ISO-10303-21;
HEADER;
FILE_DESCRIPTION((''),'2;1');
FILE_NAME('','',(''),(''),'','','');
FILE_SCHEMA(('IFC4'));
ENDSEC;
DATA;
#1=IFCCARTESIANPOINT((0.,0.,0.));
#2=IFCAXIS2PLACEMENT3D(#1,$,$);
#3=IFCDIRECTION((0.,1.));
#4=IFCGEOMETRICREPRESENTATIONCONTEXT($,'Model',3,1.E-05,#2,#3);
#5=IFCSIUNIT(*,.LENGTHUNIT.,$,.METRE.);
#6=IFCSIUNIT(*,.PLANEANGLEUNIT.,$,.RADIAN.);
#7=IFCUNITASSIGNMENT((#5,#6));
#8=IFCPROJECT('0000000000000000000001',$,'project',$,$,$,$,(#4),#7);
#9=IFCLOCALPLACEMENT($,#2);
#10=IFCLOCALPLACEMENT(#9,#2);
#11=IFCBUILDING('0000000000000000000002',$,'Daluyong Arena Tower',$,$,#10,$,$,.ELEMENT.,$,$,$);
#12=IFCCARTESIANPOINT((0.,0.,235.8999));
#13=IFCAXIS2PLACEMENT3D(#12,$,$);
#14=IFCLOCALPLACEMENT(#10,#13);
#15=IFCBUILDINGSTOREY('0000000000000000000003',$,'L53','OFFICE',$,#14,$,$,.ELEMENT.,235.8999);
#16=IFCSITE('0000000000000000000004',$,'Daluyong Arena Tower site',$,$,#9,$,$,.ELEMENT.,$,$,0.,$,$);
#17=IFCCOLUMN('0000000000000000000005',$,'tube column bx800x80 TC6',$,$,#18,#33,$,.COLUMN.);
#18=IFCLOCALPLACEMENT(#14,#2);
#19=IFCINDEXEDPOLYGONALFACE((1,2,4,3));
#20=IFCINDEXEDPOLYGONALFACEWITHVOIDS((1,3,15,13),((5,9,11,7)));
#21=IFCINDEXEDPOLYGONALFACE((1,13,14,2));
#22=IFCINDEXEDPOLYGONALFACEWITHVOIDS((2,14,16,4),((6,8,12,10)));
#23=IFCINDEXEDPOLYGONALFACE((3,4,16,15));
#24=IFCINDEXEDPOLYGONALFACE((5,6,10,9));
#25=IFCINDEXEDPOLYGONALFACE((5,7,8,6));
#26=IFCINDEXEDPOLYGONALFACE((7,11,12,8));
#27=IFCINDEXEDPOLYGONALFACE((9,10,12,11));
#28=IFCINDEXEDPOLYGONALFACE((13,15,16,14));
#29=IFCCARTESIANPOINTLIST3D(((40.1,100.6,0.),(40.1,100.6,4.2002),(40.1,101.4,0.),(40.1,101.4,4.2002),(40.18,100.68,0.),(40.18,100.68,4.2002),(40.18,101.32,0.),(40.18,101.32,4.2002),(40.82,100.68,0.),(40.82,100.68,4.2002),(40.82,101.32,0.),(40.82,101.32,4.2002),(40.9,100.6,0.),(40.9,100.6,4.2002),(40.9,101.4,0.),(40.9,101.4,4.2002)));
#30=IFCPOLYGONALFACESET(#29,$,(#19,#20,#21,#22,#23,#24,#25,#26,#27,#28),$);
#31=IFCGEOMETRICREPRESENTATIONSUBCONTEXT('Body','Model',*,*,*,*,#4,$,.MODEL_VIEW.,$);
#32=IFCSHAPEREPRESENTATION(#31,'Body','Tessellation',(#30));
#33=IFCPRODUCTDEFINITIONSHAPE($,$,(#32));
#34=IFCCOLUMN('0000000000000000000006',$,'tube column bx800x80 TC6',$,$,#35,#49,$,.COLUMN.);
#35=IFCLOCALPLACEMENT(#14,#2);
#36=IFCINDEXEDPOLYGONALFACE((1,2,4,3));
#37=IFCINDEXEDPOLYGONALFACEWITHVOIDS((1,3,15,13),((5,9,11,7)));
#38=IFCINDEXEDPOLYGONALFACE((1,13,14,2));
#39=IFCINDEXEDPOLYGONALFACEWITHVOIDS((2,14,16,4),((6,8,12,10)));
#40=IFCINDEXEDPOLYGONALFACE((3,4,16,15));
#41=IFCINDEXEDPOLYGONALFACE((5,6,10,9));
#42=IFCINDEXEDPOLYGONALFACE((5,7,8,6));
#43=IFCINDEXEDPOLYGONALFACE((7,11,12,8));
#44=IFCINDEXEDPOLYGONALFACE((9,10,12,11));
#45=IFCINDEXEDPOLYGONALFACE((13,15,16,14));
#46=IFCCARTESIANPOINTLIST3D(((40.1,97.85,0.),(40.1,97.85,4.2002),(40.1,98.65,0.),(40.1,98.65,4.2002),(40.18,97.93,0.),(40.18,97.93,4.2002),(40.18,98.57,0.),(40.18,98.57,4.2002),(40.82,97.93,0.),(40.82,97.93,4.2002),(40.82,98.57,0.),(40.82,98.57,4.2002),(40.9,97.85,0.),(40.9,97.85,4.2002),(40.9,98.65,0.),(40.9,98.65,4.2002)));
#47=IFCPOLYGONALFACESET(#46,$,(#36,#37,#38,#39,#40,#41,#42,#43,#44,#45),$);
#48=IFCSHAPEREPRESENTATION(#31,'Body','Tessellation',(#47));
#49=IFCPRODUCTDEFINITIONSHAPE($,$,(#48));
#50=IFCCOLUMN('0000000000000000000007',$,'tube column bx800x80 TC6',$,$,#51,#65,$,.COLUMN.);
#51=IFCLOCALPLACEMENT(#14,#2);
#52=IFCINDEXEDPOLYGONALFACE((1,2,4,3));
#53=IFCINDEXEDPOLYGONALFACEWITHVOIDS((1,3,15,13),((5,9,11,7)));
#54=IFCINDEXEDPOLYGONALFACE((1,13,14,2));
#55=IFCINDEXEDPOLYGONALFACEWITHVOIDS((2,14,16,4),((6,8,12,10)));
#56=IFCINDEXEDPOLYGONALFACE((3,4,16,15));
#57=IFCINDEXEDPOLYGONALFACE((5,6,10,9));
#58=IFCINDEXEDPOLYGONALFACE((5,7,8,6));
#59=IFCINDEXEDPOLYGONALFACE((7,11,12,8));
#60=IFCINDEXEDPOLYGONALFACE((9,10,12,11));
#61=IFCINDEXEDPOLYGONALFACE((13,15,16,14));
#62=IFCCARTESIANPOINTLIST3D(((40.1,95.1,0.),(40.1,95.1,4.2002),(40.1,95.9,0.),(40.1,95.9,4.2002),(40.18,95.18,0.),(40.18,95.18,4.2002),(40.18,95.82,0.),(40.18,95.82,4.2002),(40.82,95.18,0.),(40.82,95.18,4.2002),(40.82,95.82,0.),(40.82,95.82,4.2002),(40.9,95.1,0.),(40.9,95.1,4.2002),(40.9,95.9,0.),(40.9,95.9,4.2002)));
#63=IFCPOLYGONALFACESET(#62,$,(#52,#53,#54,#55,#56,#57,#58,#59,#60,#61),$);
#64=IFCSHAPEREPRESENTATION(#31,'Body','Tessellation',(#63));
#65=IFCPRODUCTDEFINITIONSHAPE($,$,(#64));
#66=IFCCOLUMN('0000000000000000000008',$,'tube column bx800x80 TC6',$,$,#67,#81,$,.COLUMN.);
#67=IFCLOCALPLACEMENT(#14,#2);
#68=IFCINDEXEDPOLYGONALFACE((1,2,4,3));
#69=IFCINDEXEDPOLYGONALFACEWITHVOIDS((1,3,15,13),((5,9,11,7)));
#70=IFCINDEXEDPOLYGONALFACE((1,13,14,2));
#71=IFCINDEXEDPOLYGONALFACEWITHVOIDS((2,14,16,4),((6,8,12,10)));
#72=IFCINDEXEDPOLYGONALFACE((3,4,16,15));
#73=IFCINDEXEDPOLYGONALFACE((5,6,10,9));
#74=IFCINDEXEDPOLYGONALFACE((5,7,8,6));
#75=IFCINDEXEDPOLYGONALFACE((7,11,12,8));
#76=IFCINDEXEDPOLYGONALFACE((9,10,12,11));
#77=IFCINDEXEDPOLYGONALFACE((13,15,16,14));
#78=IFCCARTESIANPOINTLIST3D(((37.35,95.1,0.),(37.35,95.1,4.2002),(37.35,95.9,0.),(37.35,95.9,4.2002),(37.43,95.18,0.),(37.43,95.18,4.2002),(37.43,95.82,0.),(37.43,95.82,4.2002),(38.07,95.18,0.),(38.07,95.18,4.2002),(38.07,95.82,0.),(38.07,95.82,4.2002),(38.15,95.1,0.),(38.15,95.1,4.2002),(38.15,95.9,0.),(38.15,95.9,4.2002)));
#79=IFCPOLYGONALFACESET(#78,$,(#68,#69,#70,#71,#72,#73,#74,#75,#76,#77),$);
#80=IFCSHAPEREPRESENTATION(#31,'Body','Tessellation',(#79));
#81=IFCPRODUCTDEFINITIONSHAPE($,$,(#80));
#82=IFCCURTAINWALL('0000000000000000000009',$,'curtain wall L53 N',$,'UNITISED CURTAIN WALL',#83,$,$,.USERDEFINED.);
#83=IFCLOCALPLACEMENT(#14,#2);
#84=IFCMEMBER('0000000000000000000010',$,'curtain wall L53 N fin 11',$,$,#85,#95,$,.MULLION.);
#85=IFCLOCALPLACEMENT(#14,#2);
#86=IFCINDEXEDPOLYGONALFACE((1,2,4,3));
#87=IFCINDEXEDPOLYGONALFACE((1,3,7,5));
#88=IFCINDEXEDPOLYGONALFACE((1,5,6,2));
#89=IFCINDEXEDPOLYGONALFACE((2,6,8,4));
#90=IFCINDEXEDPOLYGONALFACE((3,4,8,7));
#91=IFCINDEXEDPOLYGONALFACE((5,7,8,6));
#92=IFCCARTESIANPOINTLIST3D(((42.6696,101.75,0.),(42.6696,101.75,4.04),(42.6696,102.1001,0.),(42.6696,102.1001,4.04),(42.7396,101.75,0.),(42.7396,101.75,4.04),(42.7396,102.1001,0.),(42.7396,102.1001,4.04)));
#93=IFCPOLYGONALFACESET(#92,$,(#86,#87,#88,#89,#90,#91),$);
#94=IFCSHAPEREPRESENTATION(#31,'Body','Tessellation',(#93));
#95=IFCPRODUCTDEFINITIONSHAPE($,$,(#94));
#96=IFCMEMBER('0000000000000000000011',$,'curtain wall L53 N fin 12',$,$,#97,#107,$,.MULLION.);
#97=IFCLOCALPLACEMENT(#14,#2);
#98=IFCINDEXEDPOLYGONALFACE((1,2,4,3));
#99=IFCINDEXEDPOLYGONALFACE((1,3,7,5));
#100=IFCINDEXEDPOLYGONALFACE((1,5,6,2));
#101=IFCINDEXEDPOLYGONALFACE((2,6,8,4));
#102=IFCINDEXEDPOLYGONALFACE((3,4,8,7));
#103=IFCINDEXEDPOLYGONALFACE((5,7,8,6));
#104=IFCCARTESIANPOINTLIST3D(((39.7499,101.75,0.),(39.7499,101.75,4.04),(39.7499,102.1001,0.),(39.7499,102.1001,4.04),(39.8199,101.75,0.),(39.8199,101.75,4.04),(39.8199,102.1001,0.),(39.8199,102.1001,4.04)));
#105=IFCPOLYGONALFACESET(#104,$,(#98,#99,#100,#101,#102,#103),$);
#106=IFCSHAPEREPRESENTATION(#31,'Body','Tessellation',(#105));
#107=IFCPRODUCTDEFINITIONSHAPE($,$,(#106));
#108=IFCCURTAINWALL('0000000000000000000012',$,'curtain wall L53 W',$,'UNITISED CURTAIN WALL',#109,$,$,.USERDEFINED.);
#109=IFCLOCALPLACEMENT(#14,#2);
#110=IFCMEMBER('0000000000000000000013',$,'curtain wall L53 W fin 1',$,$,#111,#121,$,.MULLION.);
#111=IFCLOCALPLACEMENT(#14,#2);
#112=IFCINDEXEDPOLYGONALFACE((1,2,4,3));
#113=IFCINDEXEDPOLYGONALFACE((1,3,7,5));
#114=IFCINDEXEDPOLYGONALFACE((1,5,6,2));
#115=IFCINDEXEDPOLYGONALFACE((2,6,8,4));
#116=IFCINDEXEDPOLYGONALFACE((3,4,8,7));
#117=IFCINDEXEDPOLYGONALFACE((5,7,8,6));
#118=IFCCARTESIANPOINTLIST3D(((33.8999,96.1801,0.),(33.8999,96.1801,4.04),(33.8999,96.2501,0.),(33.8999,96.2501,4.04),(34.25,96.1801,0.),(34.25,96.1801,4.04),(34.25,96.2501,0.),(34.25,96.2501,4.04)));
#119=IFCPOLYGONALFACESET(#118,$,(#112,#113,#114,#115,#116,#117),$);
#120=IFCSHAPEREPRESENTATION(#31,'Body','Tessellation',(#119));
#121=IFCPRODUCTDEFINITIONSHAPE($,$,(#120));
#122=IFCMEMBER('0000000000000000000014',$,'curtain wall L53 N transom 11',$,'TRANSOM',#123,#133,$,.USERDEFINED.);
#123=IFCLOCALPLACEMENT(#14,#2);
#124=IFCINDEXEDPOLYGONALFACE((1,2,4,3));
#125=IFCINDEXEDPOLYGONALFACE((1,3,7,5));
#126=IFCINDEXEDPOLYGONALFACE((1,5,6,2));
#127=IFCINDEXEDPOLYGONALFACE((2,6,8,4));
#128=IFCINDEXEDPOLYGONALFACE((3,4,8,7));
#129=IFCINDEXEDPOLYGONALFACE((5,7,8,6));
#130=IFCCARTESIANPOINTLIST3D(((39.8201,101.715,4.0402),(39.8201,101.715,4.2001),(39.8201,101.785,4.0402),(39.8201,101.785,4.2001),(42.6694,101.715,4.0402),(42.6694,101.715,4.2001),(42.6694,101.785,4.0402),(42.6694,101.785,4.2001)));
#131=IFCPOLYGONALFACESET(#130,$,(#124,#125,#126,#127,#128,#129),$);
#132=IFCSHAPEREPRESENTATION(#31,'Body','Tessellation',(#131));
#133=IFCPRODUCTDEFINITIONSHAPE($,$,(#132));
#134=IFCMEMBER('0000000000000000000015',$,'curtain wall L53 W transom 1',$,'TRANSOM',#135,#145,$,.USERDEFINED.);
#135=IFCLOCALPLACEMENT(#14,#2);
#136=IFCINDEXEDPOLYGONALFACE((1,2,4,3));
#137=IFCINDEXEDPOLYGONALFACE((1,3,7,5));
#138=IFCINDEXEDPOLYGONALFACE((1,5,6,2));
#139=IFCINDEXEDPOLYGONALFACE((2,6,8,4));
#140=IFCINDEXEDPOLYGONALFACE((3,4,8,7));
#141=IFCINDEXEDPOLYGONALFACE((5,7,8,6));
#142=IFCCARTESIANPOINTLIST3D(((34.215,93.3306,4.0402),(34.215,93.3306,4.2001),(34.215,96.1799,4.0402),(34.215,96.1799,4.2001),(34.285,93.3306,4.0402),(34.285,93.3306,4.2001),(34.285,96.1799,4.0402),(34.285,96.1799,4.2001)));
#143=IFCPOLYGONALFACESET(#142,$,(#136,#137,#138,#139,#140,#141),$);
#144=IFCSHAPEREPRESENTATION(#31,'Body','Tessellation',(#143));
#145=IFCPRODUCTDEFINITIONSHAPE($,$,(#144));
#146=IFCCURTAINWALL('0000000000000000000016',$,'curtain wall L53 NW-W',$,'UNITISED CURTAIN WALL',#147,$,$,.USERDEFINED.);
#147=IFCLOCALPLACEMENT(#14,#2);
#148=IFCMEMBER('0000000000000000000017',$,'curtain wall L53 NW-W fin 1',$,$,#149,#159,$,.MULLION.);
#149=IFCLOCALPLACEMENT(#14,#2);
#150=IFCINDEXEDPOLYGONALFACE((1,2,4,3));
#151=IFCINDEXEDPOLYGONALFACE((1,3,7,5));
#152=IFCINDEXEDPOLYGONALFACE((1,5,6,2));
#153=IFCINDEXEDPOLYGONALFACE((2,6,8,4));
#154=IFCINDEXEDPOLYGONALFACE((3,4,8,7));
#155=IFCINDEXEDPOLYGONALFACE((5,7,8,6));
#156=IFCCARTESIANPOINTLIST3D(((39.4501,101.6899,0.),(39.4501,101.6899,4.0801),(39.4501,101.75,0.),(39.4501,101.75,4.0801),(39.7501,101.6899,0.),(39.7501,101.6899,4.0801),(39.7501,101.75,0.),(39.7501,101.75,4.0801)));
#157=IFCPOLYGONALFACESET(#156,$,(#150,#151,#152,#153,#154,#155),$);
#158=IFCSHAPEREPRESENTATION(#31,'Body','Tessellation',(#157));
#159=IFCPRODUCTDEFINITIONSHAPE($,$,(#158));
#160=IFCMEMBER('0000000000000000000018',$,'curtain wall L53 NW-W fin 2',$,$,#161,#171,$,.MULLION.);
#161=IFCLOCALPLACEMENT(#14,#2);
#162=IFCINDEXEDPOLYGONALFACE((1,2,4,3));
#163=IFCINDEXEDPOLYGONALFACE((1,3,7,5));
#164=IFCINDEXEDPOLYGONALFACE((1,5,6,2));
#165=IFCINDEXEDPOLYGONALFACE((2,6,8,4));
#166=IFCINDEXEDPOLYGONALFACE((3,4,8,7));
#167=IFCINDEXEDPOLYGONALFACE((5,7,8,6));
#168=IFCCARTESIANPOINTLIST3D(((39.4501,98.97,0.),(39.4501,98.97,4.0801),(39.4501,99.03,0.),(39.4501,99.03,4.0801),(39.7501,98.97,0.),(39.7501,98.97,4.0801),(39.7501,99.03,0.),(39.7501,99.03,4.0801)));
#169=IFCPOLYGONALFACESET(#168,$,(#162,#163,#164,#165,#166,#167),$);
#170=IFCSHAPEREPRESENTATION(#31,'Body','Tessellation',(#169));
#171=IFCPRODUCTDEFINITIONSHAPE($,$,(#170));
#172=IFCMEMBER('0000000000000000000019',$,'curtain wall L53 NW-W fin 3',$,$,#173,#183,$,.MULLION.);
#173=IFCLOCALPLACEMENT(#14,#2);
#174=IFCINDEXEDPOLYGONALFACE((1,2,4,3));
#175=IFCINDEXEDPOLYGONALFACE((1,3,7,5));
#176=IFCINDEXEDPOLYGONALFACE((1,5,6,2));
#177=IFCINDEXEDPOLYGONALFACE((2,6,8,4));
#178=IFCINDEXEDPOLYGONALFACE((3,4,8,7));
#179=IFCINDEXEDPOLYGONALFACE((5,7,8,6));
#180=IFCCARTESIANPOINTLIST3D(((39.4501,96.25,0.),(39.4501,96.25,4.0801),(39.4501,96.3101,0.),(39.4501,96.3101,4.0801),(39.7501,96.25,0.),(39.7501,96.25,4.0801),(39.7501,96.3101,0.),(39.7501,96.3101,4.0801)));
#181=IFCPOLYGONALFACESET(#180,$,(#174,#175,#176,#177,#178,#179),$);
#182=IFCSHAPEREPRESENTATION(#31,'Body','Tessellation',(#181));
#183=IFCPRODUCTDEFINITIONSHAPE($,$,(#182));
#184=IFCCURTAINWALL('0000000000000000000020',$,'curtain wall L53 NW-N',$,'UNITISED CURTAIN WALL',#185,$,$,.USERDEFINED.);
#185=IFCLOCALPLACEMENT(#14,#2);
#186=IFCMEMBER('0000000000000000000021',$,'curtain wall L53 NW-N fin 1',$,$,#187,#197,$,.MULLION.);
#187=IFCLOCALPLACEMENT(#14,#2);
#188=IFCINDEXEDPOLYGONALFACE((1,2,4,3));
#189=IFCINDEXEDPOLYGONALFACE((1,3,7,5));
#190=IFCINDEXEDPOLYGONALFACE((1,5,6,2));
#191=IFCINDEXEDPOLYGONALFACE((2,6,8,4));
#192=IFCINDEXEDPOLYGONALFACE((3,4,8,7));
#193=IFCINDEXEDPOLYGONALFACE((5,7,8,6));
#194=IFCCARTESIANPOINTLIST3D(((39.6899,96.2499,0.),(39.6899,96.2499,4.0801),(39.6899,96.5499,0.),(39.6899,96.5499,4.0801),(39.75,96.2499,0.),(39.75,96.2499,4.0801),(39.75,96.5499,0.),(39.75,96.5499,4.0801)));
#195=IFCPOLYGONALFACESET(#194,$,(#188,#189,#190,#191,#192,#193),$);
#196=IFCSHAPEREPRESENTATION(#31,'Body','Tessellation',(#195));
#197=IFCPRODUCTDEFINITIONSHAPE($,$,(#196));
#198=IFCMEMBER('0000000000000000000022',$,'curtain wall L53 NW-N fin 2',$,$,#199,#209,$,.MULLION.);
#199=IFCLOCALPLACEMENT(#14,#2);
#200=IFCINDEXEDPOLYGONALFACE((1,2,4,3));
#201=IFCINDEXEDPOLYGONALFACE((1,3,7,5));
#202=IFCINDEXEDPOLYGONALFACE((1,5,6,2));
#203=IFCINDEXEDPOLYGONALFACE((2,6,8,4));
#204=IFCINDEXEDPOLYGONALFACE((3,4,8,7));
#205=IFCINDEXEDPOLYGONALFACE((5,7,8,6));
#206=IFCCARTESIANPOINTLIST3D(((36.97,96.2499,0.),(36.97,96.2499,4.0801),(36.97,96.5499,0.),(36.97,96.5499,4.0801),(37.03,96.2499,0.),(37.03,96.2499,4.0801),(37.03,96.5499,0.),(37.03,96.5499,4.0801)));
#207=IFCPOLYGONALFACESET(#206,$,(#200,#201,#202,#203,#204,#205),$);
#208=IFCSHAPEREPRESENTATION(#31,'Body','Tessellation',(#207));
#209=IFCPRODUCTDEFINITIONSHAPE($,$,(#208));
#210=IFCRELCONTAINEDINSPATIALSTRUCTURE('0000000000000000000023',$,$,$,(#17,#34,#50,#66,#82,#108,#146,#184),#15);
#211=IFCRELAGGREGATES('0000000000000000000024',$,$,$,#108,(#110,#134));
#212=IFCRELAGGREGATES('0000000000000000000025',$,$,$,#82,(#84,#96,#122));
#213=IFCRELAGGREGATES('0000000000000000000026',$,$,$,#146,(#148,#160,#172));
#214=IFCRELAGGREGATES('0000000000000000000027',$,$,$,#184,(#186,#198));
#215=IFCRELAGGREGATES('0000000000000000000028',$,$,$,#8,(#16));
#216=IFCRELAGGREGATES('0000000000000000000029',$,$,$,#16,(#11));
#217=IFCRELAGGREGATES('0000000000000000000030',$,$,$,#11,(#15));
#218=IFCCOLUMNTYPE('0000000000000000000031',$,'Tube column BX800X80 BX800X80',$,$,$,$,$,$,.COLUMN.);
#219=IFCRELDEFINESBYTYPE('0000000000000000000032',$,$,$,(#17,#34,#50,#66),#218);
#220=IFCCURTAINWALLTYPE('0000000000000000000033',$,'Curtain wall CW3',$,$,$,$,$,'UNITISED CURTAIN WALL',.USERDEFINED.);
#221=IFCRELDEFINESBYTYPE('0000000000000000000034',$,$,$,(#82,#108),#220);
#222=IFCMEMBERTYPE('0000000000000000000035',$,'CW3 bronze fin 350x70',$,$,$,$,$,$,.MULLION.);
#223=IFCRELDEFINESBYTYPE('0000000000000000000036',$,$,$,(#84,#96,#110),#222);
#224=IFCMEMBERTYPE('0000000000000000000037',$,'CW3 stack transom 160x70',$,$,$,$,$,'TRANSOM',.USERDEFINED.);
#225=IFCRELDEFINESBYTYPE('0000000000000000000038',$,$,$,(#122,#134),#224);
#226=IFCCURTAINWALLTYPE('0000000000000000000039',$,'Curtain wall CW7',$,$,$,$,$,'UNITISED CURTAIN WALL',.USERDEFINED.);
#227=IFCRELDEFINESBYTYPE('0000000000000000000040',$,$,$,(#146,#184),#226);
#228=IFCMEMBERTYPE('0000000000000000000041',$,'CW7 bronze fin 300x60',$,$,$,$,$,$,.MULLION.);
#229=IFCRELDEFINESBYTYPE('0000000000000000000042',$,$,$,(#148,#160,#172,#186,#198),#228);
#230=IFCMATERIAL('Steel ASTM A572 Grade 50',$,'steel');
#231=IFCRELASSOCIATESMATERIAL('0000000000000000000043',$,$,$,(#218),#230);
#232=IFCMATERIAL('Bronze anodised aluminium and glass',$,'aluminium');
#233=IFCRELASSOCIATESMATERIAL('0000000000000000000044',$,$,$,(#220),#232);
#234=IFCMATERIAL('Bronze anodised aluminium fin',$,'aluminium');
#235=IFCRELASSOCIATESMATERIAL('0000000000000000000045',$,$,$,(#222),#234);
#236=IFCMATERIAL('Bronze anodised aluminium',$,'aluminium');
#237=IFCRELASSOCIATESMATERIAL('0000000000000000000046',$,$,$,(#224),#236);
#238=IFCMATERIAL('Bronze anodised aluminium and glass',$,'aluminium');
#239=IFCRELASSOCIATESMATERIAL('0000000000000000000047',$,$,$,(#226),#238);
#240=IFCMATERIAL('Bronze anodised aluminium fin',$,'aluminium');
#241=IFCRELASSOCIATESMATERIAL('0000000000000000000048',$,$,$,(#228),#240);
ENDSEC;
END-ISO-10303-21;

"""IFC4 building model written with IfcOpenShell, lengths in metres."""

from ifc_helpers import new_model, si_unit, direction, frame, origin, origin_2d, place, context, subcontext, project, spatial, rectangle, hollow_rectangle, extrude, material, material_profile, profile_set, type_object, element, aggregate, save


model = new_model("IFC4")

# Units and contexts
model_context = context("Model", 3, precision=1e-05, world=origin(), true_north=direction((0.0, 1.0)))
body_context = subcontext(model_context, "Body", "Model", "MODEL_VIEW")
ifc_project = project(units=[si_unit("LENGTHUNIT", "METRE"), si_unit("PLANEANGLEUNIT", "RADIAN")], contexts=[model_context])

# Site, building, storey
site_placement = place(None, origin())
site = spatial("IfcSite", under=ifc_project, at=site_placement, Name="Daluyong Arena Tower site", CompositionType="ELEMENT", RefElevation=0.0)
building_placement = place(site_placement, origin())
building = spatial("IfcBuilding", under=site, at=building_placement, Name="Daluyong Arena Tower", CompositionType="ELEMENT")
storey_placement = place(building_placement, frame((0.0, 0.0, 235.8999)))
storey = spatial("IfcBuildingStorey", under=building, at=storey_placement, Name="L53", Description="OFFICE", CompositionType="ELEMENT", Elevation=235.8999)

# Columns
ifc_material_1 = material(Name="Steel ASTM A572 Grade 50", Category="steel")
ifc_material_profile_1 = material_profile(ifc_material_1, hollow_rectangle(XDim=0.8, YDim=0.8, WallThickness=0.08, at=origin_2d()))
ifc_profile_set_1 = profile_set([ifc_material_profile_1], Name="Steel ASTM A572 Grade 50")
column_type = type_object("IfcColumnType", Name="Tube column BX800X80 BX800X80", PredefinedType="COLUMN", material=ifc_profile_set_1)
for number, where, z_axis, x_axis, name in (
    (1, (40.5, 101.0, 0.0), (0.0, 0.0, 1.0), (0.0, 1.0, 0.0), "tube column bx800x80 TC6"),
    (2, (40.5, 98.25, 0.0), (0.0, 0.0, 1.0), (0.0, 1.0, 0.0), "tube column bx800x80 TC6"),
    (3, (40.5, 95.5, 0.0), (0.0, 0.0, 1.0), (1.0, 0.0, 0.0), "tube column bx800x80 TC6"),
    (4, (37.75, 95.5, 0.0), (0.0, 0.0, 1.0), (1.0, 0.0, 0.0), "tube column bx800x80 TC6"),
):
    element("IfcColumn", number, at=place(storey_placement, frame(where, z_axis=z_axis, x_axis=x_axis)), inside=storey, type_object=column_type, Name=name, PredefinedType="COLUMN", context=body_context, shape_type="SweptSolid", body=[
        extrude(hollow_rectangle(XDim=0.8, YDim=0.8, WallThickness=0.08, at=origin_2d()), origin(), (0.0, 0.0, 1.0), 4.2002),
    ])

# Curtain wall, members
ifc_material_2 = material(Name="Bronze anodised aluminium and glass", Category="aluminium")
curtain_wall_type_1 = type_object("IfcCurtainWallType", Name="Curtain wall CW3", ElementType="UNITISED CURTAIN WALL", PredefinedType="USERDEFINED", material=ifc_material_2)
curtain_wall_1_placement = place(storey_placement, origin())
curtain_wall_1 = element("IfcCurtainWall", 5, at=curtain_wall_1_placement, inside=storey, type_object=curtain_wall_type_1, Name="curtain wall L53 N", ObjectType="UNITISED CURTAIN WALL", PredefinedType="USERDEFINED")
ifc_material_3 = material(Name="Bronze anodised aluminium fin", Category="aluminium")
ifc_material_profile_2 = material_profile(ifc_material_3, rectangle(XDim=0.3501, YDim=0.0701, at=origin_2d()))
ifc_profile_set_2 = profile_set([ifc_material_profile_2], Name="Bronze anodised aluminium fin")
member_type_1 = type_object("IfcMemberType", Name="CW3 bronze fin 350x70", PredefinedType="MULLION", material=ifc_profile_set_2)
member_1_placement = place(storey_placement, frame((42.7046, 101.925, 0.0), z_axis=(0.0, 0.0, 1.0), x_axis=(0.0, -1.0, 0.0)))
member_1 = element("IfcMember", 6, at=member_1_placement, type_object=member_type_1, Name="curtain wall L53 N fin 11", PredefinedType="MULLION", context=body_context, shape_type="SweptSolid", body=[
    extrude(rectangle(XDim=0.3501, YDim=0.0701, at=origin_2d()), origin(), (0.0, 0.0, 1.0), 4.04),
])
member_2_placement = place(storey_placement, frame((39.7849, 101.925, 0.0), z_axis=(0.0, 0.0, 1.0), x_axis=(0.0, -1.0, 0.0)))
member_2 = element("IfcMember", 7, at=member_2_placement, type_object=member_type_1, Name="curtain wall L53 N fin 12", PredefinedType="MULLION", context=body_context, shape_type="SweptSolid", body=[
    extrude(rectangle(XDim=0.3501, YDim=0.0701, at=origin_2d()), origin(), (0.0, 0.0, 1.0), 4.04),
])

# Curtain wall, member
curtain_wall_2_placement = place(storey_placement, origin())
curtain_wall_2 = element("IfcCurtainWall", 8, at=curtain_wall_2_placement, inside=storey, type_object=curtain_wall_type_1, Name="curtain wall L53 W", ObjectType="UNITISED CURTAIN WALL", PredefinedType="USERDEFINED")
member_3_placement = place(storey_placement, frame((34.075, 96.2151, 0.0), z_axis=(0.0, 0.0, 1.0), x_axis=(1.0, 0.0, 0.0)))
member_3 = element("IfcMember", 9, at=member_3_placement, type_object=member_type_1, Name="curtain wall L53 W fin 1", PredefinedType="MULLION", context=body_context, shape_type="SweptSolid", body=[
    extrude(rectangle(XDim=0.3501, YDim=0.0701, at=origin_2d()), origin(), (0.0, 0.0, 1.0), 4.04),
])

# Members
ifc_material_4 = material(Name="Bronze anodised aluminium", Category="aluminium")
ifc_material_profile_3 = material_profile(ifc_material_4, rectangle(XDim=0.0701, YDim=0.1599, at=origin_2d()))
ifc_profile_set_3 = profile_set([ifc_material_profile_3], Name="Bronze anodised aluminium")
member_type_2 = type_object("IfcMemberType", Name="CW3 stack transom 160x70", ElementType="TRANSOM", PredefinedType="USERDEFINED", material=ifc_profile_set_3)
member_4_placement = place(storey_placement, frame((42.6694, 101.75, 4.1201), z_axis=(-1.0, 0.0, 0.0), x_axis=(0.0, -1.0, 0.0)))
member_4 = element("IfcMember", 10, at=member_4_placement, type_object=member_type_2, Name="curtain wall L53 N transom 11", ObjectType="TRANSOM", PredefinedType="USERDEFINED", context=body_context, shape_type="SweptSolid", body=[
    extrude(rectangle(XDim=0.0701, YDim=0.1599, at=origin_2d()), origin(), (0.0, 0.0, 1.0), 2.8494),
])
member_5_placement = place(storey_placement, frame((34.25, 96.1799, 4.1201), z_axis=(0.0, -1.0, 0.0), x_axis=(1.0, 0.0, 0.0)))
member_5 = element("IfcMember", 11, at=member_5_placement, type_object=member_type_2, Name="curtain wall L53 W transom 1", ObjectType="TRANSOM", PredefinedType="USERDEFINED", context=body_context, shape_type="SweptSolid", body=[
    extrude(rectangle(XDim=0.0701, YDim=0.1599, at=origin_2d()), origin(), (0.0, 0.0, 1.0), 2.8494),
])
aggregate(curtain_wall_2, [member_3, member_5])

# Curtain walls, members
ifc_material_5 = material(Name="Bronze anodised aluminium and glass", Category="aluminium")
curtain_wall_type_2 = type_object("IfcCurtainWallType", Name="Curtain wall CW7", ElementType="UNITISED CURTAIN WALL", PredefinedType="USERDEFINED", material=ifc_material_5)
curtain_wall_3_placement = place(storey_placement, origin())
curtain_wall_3 = element("IfcCurtainWall", 12, at=curtain_wall_3_placement, inside=storey, type_object=curtain_wall_type_2, Name="curtain wall L53 NW-W", ObjectType="UNITISED CURTAIN WALL", PredefinedType="USERDEFINED")
ifc_material_6 = material(Name="Bronze anodised aluminium fin", Category="aluminium")
ifc_material_profile_4 = material_profile(ifc_material_6, rectangle(XDim=0.3, YDim=0.0601, at=origin_2d()))
ifc_profile_set_4 = profile_set([ifc_material_profile_4], Name="Bronze anodised aluminium fin")
member_type_3 = type_object("IfcMemberType", Name="CW7 bronze fin 300x60", PredefinedType="MULLION", material=ifc_profile_set_4)
member_6_placement = place(storey_placement, frame((39.6001, 101.72, 0.0), z_axis=(0.0, 0.0, 1.0), x_axis=(1.0, 0.0, 0.0)))
member_6 = element("IfcMember", 13, at=member_6_placement, type_object=member_type_3, Name="curtain wall L53 NW-W fin 1", PredefinedType="MULLION", context=body_context, shape_type="SweptSolid", body=[
    extrude(rectangle(XDim=0.3, YDim=0.0601, at=origin_2d()), origin(), (0.0, 0.0, 1.0), 4.0801),
])
member_7_placement = place(storey_placement, frame((39.6001, 99.0, 0.0), z_axis=(0.0, 0.0, 1.0), x_axis=(1.0, 0.0, 0.0)))
member_7 = element("IfcMember", 14, at=member_7_placement, type_object=member_type_3, Name="curtain wall L53 NW-W fin 2", PredefinedType="MULLION", context=body_context, shape_type="SweptSolid", body=[
    extrude(rectangle(XDim=0.3, YDim=0.0601, at=origin_2d()), origin(), (0.0, 0.0, 1.0), 4.0801),
])
member_8_placement = place(storey_placement, frame((39.6001, 96.28, 0.0), z_axis=(0.0, 0.0, 1.0), x_axis=(1.0, 0.0, 0.0)))
member_8 = element("IfcMember", 15, at=member_8_placement, type_object=member_type_3, Name="curtain wall L53 NW-W fin 3", PredefinedType="MULLION", context=body_context, shape_type="SweptSolid", body=[
    extrude(rectangle(XDim=0.3, YDim=0.0601, at=origin_2d()), origin(), (0.0, 0.0, 1.0), 4.0801),
])
curtain_wall_4_placement = place(storey_placement, origin())
curtain_wall_4 = element("IfcCurtainWall", 16, at=curtain_wall_4_placement, inside=storey, type_object=curtain_wall_type_2, Name="curtain wall L53 NW-N", ObjectType="UNITISED CURTAIN WALL", PredefinedType="USERDEFINED")
member_9_placement = place(storey_placement, frame((39.72, 96.3999, 0.0), z_axis=(0.0, 0.0, 1.0), x_axis=(0.0, -1.0, 0.0)))
member_9 = element("IfcMember", 17, at=member_9_placement, type_object=member_type_3, Name="curtain wall L53 NW-N fin 1", PredefinedType="MULLION", context=body_context, shape_type="SweptSolid", body=[
    extrude(rectangle(XDim=0.3, YDim=0.0601, at=origin_2d()), origin(), (0.0, 0.0, 1.0), 4.0801),
])
member_10_placement = place(storey_placement, frame((37.0, 96.3999, 0.0), z_axis=(0.0, 0.0, 1.0), x_axis=(0.0, -1.0, 0.0)))
member_10 = element("IfcMember", 18, at=member_10_placement, type_object=member_type_3, Name="curtain wall L53 NW-N fin 2", PredefinedType="MULLION", context=body_context, shape_type="SweptSolid", body=[
    extrude(rectangle(XDim=0.3, YDim=0.0601, at=origin_2d()), origin(), (0.0, 0.0, 1.0), 4.0801),
])

aggregate(curtain_wall_1, [member_1, member_2, member_4])
aggregate(curtain_wall_3, [member_6, member_7, member_8])
aggregate(curtain_wall_4, [member_9, member_10])

save(model, "model.ifc")
